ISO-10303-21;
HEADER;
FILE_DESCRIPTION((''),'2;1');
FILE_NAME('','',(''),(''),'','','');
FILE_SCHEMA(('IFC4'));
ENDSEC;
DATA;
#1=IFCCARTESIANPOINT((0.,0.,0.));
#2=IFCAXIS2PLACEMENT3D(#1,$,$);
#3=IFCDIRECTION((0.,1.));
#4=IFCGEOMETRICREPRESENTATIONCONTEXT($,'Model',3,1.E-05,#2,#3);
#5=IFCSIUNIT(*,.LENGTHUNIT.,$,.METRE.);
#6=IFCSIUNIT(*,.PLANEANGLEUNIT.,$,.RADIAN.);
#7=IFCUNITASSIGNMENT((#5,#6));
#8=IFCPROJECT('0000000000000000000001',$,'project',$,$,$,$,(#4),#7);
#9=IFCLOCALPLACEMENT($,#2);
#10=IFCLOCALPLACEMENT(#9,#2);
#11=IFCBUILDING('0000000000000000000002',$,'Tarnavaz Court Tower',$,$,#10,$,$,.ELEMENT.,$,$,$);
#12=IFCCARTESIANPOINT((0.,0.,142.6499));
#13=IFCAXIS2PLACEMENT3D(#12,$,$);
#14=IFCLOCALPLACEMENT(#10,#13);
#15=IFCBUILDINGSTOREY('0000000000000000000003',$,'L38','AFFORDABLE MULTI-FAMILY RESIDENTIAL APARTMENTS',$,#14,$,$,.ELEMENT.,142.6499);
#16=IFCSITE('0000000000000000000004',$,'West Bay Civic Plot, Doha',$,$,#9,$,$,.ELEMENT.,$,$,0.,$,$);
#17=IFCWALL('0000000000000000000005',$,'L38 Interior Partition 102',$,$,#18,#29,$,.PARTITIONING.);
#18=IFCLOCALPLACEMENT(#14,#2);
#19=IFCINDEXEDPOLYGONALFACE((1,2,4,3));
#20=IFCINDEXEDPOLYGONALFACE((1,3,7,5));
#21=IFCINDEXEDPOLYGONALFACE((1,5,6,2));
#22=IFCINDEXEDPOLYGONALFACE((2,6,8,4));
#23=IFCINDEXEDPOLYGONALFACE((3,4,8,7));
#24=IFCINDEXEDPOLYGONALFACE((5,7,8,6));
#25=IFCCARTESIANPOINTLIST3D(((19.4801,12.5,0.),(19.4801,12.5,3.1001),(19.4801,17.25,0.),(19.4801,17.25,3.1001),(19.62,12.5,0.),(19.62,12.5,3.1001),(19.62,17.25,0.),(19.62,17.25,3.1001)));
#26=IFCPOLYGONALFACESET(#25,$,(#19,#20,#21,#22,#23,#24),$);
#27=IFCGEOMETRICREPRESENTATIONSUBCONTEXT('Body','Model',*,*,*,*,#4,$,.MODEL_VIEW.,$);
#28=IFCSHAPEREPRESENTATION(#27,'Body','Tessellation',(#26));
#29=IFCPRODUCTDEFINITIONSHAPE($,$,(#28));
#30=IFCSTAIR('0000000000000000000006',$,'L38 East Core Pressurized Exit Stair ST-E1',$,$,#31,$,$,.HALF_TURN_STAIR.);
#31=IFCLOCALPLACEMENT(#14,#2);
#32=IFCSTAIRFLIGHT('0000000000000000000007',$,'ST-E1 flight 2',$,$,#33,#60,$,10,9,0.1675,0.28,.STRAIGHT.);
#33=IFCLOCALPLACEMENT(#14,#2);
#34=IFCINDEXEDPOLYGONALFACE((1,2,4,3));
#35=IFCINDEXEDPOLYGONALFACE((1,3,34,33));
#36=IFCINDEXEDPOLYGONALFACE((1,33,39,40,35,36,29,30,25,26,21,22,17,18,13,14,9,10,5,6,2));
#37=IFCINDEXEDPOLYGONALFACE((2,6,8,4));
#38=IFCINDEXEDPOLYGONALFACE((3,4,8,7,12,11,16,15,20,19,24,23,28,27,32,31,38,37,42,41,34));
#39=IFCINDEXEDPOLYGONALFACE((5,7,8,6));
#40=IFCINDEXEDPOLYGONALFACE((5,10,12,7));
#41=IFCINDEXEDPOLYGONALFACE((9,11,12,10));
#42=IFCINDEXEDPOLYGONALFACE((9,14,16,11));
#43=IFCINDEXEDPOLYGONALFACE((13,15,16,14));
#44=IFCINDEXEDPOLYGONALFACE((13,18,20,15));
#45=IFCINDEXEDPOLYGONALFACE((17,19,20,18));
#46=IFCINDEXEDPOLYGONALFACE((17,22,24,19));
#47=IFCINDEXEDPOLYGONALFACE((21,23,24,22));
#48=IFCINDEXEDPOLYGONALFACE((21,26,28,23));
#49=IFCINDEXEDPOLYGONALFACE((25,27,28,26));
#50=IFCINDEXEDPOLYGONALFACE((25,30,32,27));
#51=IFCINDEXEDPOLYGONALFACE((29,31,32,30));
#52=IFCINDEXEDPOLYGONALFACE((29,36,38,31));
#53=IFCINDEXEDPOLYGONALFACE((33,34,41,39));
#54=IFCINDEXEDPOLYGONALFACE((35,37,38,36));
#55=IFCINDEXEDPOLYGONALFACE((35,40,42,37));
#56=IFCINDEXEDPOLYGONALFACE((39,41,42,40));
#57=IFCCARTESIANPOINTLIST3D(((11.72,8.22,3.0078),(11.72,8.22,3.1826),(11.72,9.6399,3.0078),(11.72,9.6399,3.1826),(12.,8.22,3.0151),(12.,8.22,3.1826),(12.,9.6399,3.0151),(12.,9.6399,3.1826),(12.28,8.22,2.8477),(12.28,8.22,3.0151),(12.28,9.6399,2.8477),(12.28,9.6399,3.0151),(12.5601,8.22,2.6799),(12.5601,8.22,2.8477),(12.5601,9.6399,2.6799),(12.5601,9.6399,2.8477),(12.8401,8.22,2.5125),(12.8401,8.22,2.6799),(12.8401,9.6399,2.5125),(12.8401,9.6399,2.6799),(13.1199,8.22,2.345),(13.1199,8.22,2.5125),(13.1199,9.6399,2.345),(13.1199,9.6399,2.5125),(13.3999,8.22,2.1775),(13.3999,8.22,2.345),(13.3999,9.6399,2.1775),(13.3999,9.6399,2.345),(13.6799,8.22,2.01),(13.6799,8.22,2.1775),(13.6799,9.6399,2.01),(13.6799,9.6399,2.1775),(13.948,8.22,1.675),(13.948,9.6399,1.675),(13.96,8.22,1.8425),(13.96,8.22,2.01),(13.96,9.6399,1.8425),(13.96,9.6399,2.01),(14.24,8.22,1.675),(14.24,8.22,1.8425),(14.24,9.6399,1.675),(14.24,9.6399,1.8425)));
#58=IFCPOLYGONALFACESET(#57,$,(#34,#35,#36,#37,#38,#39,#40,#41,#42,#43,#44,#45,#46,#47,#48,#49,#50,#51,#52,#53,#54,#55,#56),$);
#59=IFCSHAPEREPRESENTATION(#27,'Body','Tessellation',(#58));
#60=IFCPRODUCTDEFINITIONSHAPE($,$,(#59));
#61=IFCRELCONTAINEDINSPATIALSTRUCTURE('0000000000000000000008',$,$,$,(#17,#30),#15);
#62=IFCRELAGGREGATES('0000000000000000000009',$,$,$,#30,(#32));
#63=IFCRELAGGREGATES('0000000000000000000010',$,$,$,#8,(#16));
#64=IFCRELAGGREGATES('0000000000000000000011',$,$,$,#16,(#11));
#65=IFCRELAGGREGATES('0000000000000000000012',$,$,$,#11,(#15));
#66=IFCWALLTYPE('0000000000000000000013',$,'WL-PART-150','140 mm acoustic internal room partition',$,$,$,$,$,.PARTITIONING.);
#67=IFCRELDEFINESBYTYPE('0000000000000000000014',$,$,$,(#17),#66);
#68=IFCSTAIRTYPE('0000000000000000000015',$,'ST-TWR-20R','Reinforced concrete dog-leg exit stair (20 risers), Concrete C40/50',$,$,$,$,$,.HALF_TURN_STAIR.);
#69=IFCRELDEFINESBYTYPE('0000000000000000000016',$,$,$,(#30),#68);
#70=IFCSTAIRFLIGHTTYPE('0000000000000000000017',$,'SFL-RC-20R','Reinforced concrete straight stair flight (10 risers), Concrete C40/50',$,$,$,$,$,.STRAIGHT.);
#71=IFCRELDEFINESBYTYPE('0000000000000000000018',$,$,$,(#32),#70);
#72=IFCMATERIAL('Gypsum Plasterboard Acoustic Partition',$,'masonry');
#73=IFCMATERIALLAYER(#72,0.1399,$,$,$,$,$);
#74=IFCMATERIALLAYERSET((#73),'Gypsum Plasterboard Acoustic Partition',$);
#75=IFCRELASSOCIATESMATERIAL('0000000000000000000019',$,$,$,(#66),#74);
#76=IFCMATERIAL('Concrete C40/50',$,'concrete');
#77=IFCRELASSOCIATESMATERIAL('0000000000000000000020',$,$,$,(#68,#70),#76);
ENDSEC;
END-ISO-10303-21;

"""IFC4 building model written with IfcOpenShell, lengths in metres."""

from ifc_helpers import new_model, si_unit, direction, frame, frame_2d, origin, place, context, subcontext, project, spatial, polyline, rectangle, outline, extrude, material, layer, layer_set, type_object, element, aggregate, save


model = new_model("IFC4")

# Units and contexts
model_context = context("Model", 3, precision=1e-05, world=origin(), true_north=direction((0.0, 1.0)))
body_context = subcontext(model_context, "Body", "Model", "MODEL_VIEW")
ifc_project = project(units=[si_unit("LENGTHUNIT", "METRE"), si_unit("PLANEANGLEUNIT", "RADIAN")], contexts=[model_context])

# Site, building, storey
site_placement = place(None, origin())
site = spatial("IfcSite", under=ifc_project, at=site_placement, Name="West Bay Civic Plot, Doha", CompositionType="ELEMENT", RefElevation=0.0)
building_placement = place(site_placement, origin())
building = spatial("IfcBuilding", under=site, at=building_placement, Name="Tarnavaz Court Tower", CompositionType="ELEMENT")
storey_placement = place(building_placement, frame((0.0, 0.0, 142.6499)))
storey = spatial("IfcBuildingStorey", under=building, at=storey_placement, Name="L38", Description="AFFORDABLE MULTI-FAMILY RESIDENTIAL APARTMENTS", CompositionType="ELEMENT", Elevation=142.6499)

# Wall
ifc_material_1 = material(Name="Gypsum Plasterboard Acoustic Partition", Category="masonry")
ifc_layer_1 = layer(ifc_material_1, 0.1399)
ifc_layer_set_1 = layer_set([ifc_layer_1], Name="Gypsum Plasterboard Acoustic Partition")
wall_type_1 = type_object("IfcWallType", Name="WL-PART-150", Description="140 mm acoustic internal room partition", PredefinedType="PARTITIONING", material=ifc_layer_set_1)
wall_1_placement = place(storey_placement, frame((19.55, 12.5, 0.0), z_axis=(0.0, 0.0, 1.0), x_axis=(0.0, 1.0, 0.0)))
element("IfcWall", 1, at=wall_1_placement, inside=storey, type_object=wall_type_1, Name="L38 Interior Partition 102", PredefinedType="PARTITIONING", context=body_context, shape_type="SweptSolid", body=[
    extrude(rectangle(XDim=4.75, YDim=0.1399, at=frame_2d((2.375, 0.0))), origin(), (0.0, 0.0, 1.0), 3.1001),
])

# Stair, stair flight
ifc_material_2 = material(Name="Concrete C40/50", Category="concrete")
stair_type = type_object("IfcStairType", Name="ST-TWR-20R", Description="Reinforced concrete dog-leg exit stair (20 risers), Concrete C40/50", PredefinedType="HALF_TURN_STAIR", material=ifc_material_2)
stair_placement = place(storey_placement, origin())
stair = element("IfcStair", 2, at=stair_placement, inside=storey, type_object=stair_type, Name="L38 East Core Pressurized Exit Stair ST-E1", PredefinedType="HALF_TURN_STAIR")
stair_flight_type = type_object("IfcStairFlightType", Name="SFL-RC-20R", Description="Reinforced concrete straight stair flight (10 risers), Concrete C40/50", PredefinedType="STRAIGHT", material=ifc_material_2)
stair_flight_placement = place(storey_placement, frame((14.24, 8.9299, 1.675), z_axis=(0.0, 0.0, 1.0), x_axis=(-1.0, 0.0, 0.0)))
stair_flight = element("IfcStairFlight", 3, at=stair_flight_placement, type_object=stair_flight_type, Name="ST-E1 flight 2", NumberOfRisers=10, NumberOfTreads=9, PredefinedType="STRAIGHT", RiserHeight=0.1675, TreadLength=0.28, context=body_context, shape_type="SweptSolid", body=[
    extrude(outline(polyline([(0.0, 0.0), (0.0, 0.1675), (0.28, 0.1675), (0.28, 0.335), (0.5601, 0.335), (0.5601, 0.5024), (0.8401, 0.5024), (0.8401, 0.6699), (1.1201, 0.6699), (1.1201, 0.8374), (1.3999, 0.8374), (1.3999, 1.0049), (1.6799, 1.0049), (1.6799, 1.1726), (1.96, 1.1726), (1.96, 1.3401), (2.24, 1.3401), (2.24, 1.5076), (2.52, 1.5076), (2.52, 1.675), (2.52, 1.3328), (0.292, 0.0), (0.0, 0.0)])), frame((0.0, 0.71, 0.0), z_axis=(0.0, -1.0, 0.0), x_axis=(1.0, 0.0, 0.0)), (0.0, 0.0, 1.0), 1.4199),
])
aggregate(stair, [stair_flight])

save(model, "model.ifc")
